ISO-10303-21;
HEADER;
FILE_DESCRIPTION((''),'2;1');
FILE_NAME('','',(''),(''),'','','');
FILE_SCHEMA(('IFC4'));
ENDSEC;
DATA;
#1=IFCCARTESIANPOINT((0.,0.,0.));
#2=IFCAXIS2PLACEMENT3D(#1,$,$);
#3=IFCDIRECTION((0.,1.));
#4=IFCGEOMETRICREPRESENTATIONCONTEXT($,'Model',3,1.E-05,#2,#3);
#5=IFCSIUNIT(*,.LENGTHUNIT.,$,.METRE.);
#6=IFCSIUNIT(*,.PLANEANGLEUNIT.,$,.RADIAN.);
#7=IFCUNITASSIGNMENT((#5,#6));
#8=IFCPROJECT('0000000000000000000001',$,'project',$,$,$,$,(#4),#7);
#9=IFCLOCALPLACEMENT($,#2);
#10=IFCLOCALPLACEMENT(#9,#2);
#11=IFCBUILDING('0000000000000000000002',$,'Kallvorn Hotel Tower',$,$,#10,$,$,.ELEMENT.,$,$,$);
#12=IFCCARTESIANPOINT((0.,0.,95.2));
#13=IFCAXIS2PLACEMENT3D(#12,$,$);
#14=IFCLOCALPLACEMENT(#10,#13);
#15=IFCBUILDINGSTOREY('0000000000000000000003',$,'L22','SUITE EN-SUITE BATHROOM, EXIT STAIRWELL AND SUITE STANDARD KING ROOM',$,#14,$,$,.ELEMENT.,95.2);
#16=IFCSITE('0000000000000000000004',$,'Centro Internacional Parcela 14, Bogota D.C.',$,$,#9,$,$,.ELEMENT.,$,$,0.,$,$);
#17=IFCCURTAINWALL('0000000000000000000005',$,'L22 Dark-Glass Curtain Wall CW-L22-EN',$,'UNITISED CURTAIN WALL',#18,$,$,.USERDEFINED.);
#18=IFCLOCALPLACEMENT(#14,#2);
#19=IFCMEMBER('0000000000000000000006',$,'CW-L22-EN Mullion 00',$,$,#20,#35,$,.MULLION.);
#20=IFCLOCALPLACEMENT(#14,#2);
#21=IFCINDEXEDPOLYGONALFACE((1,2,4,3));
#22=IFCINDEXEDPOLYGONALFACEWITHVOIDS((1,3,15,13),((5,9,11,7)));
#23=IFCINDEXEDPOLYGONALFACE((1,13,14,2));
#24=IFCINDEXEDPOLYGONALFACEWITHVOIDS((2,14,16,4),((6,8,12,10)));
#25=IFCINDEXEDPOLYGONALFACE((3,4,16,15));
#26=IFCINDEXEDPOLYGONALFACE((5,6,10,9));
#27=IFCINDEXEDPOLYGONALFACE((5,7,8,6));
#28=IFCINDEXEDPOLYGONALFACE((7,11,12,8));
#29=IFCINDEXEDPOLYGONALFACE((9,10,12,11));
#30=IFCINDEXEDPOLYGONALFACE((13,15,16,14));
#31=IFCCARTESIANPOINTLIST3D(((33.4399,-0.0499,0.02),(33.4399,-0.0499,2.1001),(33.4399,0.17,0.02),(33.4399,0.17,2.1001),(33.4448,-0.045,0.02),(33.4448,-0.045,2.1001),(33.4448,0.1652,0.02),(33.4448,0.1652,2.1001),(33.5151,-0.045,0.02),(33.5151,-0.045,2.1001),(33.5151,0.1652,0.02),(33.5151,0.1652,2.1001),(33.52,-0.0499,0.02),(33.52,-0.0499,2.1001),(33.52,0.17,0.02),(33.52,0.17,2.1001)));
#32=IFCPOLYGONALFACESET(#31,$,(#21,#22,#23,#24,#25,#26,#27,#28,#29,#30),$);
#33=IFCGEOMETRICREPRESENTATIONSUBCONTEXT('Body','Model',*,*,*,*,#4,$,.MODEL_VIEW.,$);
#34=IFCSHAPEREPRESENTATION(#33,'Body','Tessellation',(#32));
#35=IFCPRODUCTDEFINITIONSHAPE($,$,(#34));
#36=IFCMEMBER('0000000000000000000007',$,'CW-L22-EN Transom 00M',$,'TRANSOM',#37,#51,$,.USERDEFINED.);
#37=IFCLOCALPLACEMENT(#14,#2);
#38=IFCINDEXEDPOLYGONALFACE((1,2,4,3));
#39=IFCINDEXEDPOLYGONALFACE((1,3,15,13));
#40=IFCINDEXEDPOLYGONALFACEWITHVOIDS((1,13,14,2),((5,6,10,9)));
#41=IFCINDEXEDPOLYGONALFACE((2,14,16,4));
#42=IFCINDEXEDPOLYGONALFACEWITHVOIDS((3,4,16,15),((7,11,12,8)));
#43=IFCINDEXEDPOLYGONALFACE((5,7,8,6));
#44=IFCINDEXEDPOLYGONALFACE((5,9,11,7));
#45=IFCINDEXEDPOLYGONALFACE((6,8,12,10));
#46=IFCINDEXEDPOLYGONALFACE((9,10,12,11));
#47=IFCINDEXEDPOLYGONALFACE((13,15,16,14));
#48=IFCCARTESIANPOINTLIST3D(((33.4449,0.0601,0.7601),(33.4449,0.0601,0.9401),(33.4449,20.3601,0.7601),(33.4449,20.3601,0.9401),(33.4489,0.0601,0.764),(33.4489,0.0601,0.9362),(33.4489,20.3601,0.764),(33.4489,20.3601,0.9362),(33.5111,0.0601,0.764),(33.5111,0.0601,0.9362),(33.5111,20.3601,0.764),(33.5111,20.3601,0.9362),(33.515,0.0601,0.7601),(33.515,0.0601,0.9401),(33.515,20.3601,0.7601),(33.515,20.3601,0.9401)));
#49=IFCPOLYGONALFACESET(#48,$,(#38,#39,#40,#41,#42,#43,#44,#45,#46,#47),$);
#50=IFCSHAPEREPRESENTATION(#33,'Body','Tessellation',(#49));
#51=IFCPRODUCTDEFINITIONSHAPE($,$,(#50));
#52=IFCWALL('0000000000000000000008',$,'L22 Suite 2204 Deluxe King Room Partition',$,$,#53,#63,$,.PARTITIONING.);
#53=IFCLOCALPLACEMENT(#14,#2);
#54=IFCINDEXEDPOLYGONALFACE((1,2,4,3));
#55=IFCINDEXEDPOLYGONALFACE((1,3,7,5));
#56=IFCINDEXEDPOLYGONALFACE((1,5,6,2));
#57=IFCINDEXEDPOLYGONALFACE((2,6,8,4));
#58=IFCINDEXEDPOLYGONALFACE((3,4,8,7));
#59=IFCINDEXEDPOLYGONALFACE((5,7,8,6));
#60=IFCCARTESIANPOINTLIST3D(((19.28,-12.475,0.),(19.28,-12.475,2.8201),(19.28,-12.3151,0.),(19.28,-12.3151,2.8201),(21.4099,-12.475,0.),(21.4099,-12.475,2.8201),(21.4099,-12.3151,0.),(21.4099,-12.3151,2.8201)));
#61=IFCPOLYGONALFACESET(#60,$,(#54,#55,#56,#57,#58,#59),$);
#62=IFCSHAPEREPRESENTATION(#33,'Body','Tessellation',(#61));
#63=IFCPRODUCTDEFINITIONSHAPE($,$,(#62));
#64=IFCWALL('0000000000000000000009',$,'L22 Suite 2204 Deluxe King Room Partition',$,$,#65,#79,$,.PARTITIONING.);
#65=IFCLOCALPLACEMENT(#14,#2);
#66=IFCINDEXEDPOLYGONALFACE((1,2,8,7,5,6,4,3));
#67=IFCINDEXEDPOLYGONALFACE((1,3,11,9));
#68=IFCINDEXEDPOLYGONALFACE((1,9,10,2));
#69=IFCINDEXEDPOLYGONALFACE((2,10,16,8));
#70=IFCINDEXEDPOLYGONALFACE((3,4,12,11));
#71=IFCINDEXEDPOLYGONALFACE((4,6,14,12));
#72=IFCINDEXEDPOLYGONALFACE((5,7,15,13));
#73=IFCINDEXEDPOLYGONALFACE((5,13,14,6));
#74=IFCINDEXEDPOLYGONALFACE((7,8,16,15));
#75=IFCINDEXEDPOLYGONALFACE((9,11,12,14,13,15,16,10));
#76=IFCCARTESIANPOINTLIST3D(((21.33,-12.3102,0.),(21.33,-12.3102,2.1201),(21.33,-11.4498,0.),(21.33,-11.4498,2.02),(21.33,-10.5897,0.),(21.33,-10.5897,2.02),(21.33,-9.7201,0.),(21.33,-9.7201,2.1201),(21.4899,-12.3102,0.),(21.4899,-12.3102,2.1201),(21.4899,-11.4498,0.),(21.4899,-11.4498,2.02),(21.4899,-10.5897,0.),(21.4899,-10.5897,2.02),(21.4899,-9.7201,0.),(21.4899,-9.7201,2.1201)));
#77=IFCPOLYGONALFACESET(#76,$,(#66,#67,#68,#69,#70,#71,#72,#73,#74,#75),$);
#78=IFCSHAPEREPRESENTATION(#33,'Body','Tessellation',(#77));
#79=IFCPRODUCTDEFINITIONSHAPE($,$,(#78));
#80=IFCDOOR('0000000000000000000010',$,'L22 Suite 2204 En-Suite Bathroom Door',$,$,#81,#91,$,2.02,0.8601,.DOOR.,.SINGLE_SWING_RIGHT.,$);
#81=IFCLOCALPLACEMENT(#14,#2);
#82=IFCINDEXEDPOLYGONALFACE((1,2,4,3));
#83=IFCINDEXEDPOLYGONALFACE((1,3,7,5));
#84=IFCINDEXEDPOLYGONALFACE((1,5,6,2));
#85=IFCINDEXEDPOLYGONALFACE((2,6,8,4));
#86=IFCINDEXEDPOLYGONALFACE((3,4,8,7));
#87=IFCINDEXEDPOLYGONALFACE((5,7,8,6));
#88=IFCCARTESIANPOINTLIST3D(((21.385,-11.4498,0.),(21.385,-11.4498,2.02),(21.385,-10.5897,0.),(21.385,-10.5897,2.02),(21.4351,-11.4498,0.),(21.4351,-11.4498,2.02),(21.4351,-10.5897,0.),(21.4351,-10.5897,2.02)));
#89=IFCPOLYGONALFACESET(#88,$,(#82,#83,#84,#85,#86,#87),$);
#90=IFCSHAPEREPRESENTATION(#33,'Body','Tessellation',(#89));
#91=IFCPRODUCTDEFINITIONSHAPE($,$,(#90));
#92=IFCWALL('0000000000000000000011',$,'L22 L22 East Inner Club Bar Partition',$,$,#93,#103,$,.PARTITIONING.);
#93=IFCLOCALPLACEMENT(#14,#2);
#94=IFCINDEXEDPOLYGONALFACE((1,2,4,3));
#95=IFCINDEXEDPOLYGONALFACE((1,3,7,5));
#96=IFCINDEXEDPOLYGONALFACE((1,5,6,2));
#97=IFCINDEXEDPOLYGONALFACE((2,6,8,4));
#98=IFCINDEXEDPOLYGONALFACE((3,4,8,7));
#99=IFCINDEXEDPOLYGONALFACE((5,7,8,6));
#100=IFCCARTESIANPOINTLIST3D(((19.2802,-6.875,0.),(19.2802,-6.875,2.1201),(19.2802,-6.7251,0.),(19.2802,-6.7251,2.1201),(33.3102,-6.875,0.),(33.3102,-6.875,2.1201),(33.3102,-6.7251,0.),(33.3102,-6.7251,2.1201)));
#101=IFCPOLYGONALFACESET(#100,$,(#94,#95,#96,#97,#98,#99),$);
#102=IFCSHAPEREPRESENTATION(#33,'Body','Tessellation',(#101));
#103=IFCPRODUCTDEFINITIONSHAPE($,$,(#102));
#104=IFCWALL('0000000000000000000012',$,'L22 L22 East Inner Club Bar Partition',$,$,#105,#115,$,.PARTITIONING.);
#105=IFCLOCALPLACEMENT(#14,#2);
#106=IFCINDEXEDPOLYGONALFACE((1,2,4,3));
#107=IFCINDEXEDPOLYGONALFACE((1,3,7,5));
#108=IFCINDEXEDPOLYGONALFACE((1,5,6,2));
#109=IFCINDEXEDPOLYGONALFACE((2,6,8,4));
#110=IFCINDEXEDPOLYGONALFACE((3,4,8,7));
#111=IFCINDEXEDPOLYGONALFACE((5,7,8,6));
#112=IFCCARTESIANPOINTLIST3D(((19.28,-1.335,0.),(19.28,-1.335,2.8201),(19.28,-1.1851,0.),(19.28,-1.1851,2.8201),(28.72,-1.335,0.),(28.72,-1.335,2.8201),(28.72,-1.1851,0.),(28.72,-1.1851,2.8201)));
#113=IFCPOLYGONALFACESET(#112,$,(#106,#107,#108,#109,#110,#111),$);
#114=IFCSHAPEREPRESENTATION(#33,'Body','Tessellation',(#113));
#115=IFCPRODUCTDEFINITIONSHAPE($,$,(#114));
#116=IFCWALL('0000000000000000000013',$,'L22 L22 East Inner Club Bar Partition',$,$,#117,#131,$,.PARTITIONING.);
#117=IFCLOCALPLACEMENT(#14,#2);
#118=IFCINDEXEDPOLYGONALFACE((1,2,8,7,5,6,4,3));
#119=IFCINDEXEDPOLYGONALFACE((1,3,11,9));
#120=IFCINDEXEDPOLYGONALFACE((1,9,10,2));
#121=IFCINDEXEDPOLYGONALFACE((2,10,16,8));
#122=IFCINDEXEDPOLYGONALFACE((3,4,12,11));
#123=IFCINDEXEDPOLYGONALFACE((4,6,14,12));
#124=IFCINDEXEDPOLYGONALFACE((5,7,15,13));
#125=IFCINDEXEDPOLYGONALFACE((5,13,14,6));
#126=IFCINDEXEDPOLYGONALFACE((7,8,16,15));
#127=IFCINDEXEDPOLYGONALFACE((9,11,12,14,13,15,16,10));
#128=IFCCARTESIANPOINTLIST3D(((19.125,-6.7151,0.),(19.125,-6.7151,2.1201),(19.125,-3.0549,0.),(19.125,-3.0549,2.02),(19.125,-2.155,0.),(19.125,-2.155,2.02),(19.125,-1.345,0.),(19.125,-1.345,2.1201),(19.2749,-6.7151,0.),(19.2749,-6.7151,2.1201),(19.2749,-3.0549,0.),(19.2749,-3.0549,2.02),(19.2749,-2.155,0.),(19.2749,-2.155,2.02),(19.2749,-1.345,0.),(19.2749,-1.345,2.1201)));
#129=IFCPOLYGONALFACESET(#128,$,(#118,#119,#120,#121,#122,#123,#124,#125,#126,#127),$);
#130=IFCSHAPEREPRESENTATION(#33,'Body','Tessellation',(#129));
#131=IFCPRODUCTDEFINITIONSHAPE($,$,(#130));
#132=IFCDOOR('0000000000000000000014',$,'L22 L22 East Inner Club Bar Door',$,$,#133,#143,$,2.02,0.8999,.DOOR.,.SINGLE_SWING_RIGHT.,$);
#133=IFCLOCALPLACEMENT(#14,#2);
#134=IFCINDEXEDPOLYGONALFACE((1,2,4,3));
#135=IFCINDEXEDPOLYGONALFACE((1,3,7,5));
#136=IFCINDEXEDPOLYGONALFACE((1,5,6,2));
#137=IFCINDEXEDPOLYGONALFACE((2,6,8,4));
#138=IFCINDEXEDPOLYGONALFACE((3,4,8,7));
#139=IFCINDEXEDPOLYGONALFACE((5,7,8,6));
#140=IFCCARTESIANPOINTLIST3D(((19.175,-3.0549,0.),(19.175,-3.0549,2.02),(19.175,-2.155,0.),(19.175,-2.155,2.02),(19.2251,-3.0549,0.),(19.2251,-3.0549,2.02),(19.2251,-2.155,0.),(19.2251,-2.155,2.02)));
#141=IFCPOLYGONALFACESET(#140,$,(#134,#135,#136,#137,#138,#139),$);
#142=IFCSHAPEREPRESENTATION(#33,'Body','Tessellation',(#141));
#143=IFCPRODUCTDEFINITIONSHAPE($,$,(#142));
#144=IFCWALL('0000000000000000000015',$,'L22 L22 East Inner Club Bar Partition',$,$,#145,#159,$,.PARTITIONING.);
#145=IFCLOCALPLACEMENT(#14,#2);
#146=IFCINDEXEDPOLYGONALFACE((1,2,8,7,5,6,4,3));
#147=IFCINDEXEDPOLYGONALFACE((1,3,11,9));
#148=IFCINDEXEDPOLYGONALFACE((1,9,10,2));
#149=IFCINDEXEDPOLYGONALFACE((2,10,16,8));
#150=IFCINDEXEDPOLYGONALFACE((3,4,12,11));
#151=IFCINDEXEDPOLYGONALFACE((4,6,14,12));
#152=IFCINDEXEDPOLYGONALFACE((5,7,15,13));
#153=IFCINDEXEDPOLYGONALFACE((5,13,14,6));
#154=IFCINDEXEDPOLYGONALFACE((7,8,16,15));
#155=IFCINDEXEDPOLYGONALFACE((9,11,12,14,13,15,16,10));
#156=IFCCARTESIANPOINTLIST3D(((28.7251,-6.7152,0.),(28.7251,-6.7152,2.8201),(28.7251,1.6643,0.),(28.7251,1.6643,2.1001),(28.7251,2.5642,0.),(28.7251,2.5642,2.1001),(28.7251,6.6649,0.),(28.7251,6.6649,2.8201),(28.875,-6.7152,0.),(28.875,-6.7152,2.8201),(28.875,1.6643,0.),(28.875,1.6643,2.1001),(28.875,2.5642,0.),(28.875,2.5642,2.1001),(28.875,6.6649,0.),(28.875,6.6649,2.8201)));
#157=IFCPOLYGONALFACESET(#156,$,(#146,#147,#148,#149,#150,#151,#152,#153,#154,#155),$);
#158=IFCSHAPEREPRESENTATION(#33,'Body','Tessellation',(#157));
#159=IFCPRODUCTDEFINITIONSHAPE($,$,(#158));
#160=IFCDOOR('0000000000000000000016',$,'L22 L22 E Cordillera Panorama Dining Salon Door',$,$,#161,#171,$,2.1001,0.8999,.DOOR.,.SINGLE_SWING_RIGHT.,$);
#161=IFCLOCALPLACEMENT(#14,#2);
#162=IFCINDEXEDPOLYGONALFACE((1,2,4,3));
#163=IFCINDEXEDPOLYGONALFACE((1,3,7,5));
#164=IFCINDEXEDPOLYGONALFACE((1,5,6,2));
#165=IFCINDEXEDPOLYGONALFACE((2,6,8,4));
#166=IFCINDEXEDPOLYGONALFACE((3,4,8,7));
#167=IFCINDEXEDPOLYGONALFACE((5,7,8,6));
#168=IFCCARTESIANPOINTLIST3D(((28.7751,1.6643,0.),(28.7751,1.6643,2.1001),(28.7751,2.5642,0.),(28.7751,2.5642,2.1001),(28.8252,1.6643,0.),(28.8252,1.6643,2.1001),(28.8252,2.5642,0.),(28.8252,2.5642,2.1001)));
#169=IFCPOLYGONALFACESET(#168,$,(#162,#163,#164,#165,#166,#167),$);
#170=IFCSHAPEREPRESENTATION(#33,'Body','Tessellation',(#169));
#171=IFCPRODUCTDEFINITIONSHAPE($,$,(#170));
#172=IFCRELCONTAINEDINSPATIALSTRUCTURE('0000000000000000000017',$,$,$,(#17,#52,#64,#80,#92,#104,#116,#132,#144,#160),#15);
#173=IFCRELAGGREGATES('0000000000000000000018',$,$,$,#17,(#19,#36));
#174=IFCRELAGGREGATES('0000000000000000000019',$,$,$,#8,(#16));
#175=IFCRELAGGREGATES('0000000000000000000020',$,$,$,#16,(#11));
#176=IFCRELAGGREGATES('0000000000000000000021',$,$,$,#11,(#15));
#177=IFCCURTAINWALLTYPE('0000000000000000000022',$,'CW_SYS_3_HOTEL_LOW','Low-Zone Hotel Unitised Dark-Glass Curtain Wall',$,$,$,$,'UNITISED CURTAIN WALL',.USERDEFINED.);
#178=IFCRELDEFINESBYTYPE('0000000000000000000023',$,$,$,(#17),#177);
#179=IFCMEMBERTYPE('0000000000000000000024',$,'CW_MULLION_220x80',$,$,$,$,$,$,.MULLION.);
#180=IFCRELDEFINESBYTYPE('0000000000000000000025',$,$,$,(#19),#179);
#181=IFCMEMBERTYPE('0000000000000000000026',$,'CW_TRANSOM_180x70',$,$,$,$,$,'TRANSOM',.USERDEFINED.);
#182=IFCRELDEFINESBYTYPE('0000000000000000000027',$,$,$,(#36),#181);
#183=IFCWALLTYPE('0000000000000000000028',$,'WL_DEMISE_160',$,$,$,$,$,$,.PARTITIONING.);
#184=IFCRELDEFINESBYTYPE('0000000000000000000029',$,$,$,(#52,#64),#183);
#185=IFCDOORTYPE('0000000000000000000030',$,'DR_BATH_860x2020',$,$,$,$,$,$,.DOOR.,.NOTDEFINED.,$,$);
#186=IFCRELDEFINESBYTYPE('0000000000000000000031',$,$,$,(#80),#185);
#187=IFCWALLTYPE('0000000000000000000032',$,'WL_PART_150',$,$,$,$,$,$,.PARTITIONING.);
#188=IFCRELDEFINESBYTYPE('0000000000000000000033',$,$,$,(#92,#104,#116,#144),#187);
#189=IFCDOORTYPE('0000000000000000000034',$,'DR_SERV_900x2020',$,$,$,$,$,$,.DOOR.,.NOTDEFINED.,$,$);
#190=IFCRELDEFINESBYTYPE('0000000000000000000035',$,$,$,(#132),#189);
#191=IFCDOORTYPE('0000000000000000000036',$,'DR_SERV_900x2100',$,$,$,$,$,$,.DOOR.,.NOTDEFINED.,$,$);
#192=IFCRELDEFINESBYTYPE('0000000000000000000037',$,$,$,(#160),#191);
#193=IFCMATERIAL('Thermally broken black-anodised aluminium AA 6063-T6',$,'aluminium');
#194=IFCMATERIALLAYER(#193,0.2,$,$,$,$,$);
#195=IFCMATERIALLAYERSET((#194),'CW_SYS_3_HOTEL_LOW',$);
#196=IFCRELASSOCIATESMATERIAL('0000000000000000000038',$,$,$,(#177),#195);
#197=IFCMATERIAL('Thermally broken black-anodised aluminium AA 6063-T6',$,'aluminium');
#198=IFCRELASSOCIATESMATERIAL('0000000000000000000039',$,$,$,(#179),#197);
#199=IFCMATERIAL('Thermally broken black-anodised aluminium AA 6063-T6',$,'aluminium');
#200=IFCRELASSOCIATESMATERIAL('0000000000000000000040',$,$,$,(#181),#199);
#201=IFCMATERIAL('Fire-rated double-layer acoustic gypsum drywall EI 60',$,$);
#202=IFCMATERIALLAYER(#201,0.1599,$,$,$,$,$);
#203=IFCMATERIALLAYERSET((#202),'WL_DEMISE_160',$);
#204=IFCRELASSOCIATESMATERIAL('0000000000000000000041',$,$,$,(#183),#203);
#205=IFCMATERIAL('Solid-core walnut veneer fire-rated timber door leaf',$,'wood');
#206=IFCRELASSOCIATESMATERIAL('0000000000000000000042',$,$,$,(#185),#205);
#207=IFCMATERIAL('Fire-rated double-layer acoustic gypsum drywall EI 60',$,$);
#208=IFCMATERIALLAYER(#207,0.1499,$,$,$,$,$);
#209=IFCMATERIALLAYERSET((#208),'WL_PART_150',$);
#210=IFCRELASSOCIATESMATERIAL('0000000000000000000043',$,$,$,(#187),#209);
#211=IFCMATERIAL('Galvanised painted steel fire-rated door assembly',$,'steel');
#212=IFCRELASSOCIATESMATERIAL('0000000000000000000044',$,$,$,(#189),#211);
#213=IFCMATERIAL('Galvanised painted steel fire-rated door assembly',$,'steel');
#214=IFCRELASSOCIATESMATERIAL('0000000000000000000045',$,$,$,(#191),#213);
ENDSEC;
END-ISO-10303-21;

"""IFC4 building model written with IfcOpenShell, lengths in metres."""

from ifc_helpers import new_model, si_unit, direction, frame, frame_2d, origin, origin_2d, place, context, subcontext, project, spatial, rectangle, hollow_rectangle, extrude, material, layer, layer_set, material_profile, profile_set, type_object, element, fill, aggregate, save


model = new_model("IFC4")

# Units and contexts
model_context = context("Model", 3, precision=1e-05, world=origin(), true_north=direction((0.0, 1.0)))
body_context = subcontext(model_context, "Body", "Model", "MODEL_VIEW")
ifc_project = project(units=[si_unit("LENGTHUNIT", "METRE"), si_unit("PLANEANGLEUNIT", "RADIAN")], contexts=[model_context])

# Site, building, storey
site_placement = place(None, origin())
site = spatial("IfcSite", under=ifc_project, at=site_placement, Name="Centro Internacional Parcela 14, Bogota D.C.", CompositionType="ELEMENT", RefElevation=0.0)
building_placement = place(site_placement, origin())
building = spatial("IfcBuilding", under=site, at=building_placement, Name="Kallvorn Hotel Tower", CompositionType="ELEMENT")
storey_placement = place(building_placement, frame((0.0, 0.0, 95.2)))
storey = spatial("IfcBuildingStorey", under=building, at=storey_placement, Name="L22", Description="SUITE EN-SUITE BATHROOM, EXIT STAIRWELL AND SUITE STANDARD KING ROOM", CompositionType="ELEMENT", Elevation=95.2)

# Curtain wall, members
ifc_material_1 = material(Name="Thermally broken black-anodised aluminium AA 6063-T6", Category="aluminium")
ifc_layer_1 = layer(ifc_material_1, 0.2)
ifc_layer_set_1 = layer_set([ifc_layer_1], Name="CW_SYS_3_HOTEL_LOW")
curtain_wall_type = type_object("IfcCurtainWallType", Name="CW_SYS_3_HOTEL_LOW", Description="Low-Zone Hotel Unitised Dark-Glass Curtain Wall", ElementType="UNITISED CURTAIN WALL", PredefinedType="USERDEFINED", material=ifc_layer_set_1)
curtain_wall_placement = place(storey_placement, origin())
curtain_wall = element("IfcCurtainWall", 1, at=curtain_wall_placement, inside=storey, type_object=curtain_wall_type, Name="L22 Dark-Glass Curtain Wall CW-L22-EN", ObjectType="UNITISED CURTAIN WALL", PredefinedType="USERDEFINED")
ifc_material_2 = material(Name="Thermally broken black-anodised aluminium AA 6063-T6", Category="aluminium")
ifc_material_profile_1 = material_profile(ifc_material_2, hollow_rectangle(XDim=0.0801, YDim=0.22, WallThickness=0.0049, at=origin_2d()), Name="MUL 220x80")
ifc_profile_set_1 = profile_set([ifc_material_profile_1], Name="Thermally broken black-anodised aluminium AA 6063-T6")
member_type_1 = type_object("IfcMemberType", Name="CW_MULLION_220x80", PredefinedType="MULLION", material=ifc_profile_set_1)
member_1_placement = place(storey_placement, frame((33.48, 0.0601, 0.02), z_axis=(0.0, 0.0, 1.0), x_axis=(1.0, 0.0, 0.0)))
member_1 = element("IfcMember", 2, at=member_1_placement, type_object=member_type_1, Name="CW-L22-EN Mullion 00", PredefinedType="MULLION", context=body_context, shape_type="SweptSolid", body=[
    extrude(hollow_rectangle(XDim=0.0801, YDim=0.22, WallThickness=0.0049, at=origin_2d()), origin(), (0.0, 0.0, 1.0), 2.0801),
])
ifc_material_3 = material(Name="Thermally broken black-anodised aluminium AA 6063-T6", Category="aluminium")
ifc_material_profile_2 = material_profile(ifc_material_3, hollow_rectangle(XDim=0.0701, YDim=0.1799, WallThickness=0.0039, at=origin_2d()), Name="TRN 180x70")
ifc_profile_set_2 = profile_set([ifc_material_profile_2], Name="Thermally broken black-anodised aluminium AA 6063-T6")
member_type_2 = type_object("IfcMemberType", Name="CW_TRANSOM_180x70", ElementType="TRANSOM", PredefinedType="USERDEFINED", material=ifc_profile_set_2)
member_2_placement = place(storey_placement, frame((33.48, 0.0601, 0.8501), z_axis=(0.0, 1.0, 0.0), x_axis=(-1.0, 0.0, 0.0)))
member_2 = element("IfcMember", 3, at=member_2_placement, type_object=member_type_2, Name="CW-L22-EN Transom 00M", ObjectType="TRANSOM", PredefinedType="USERDEFINED", context=body_context, shape_type="SweptSolid", body=[
    extrude(hollow_rectangle(XDim=0.0701, YDim=0.1799, WallThickness=0.0039, at=origin_2d()), origin(), (0.0, 0.0, 1.0), 20.3),
])
aggregate(curtain_wall, [member_1, member_2])

# Wall
ifc_material_4 = material(Name="Fire-rated double-layer acoustic gypsum drywall EI 60")
ifc_layer_2 = layer(ifc_material_4, 0.1599)
ifc_layer_set_2 = layer_set([ifc_layer_2], Name="WL_DEMISE_160")
wall_type_1 = type_object("IfcWallType", Name="WL_DEMISE_160", PredefinedType="PARTITIONING", material=ifc_layer_set_2)
wall_1_placement = place(storey_placement, frame((19.28, -12.395, 0.0), z_axis=(0.0, 0.0, 1.0), x_axis=(1.0, 0.0, 0.0)))
element("IfcWall", 4, at=wall_1_placement, inside=storey, type_object=wall_type_1, Name="L22 Suite 2204 Deluxe King Room Partition", PredefinedType="PARTITIONING", context=body_context, shape_type="SweptSolid", body=[
    extrude(rectangle(XDim=2.1299, YDim=0.1599, at=frame_2d((1.0649, 0.0))), origin(), (0.0, 0.0, 1.0), 2.8201),
])

# Wall, opening, door
wall_2_placement = place(storey_placement, frame((21.4099, -12.3101, 0.0), z_axis=(0.0, 0.0, 1.0), x_axis=(0.0, 1.0, 0.0)))
wall_2 = element("IfcWall", 5, at=wall_2_placement, inside=storey, type_object=wall_type_1, Name="L22 Suite 2204 Deluxe King Room Partition", PredefinedType="PARTITIONING", context=body_context, shape_type="SweptSolid", body=[
    extrude(rectangle(XDim=2.5901, YDim=0.1599, at=frame_2d((1.2949, 0.0))), origin(), (0.0, 0.0, 1.0), 2.1201),
])
opening_1_placement = place(wall_2_placement, frame((0.8601, 0.0, 0.0)))
opening_1 = element("IfcOpeningElement", 6, at=opening_1_placement, cuts=wall_2, PredefinedType="OPENING", context=body_context, shape_type="SweptSolid", body=[
    extrude(rectangle(XDim=0.8601, YDim=2.02, at=frame_2d((0.4302, 1.01))), frame((0.0, 0.095, 0.0), z_axis=(0.0, -1.0, 0.0), x_axis=(1.0, 0.0, 0.0)), (0.0, 0.0, 1.0), 0.1899),
])
ifc_material_5 = material(Name="Solid-core walnut veneer fire-rated timber door leaf", Category="wood")
door_type_1 = type_object("IfcDoorType", Name="DR_BATH_860x2020", OperationType="NOTDEFINED", PredefinedType="DOOR", material=ifc_material_5)
door_1_placement = place(opening_1_placement, origin())
door_1 = element("IfcDoor", 7, at=door_1_placement, inside=storey, type_object=door_type_1, Name="L22 Suite 2204 En-Suite Bathroom Door", OperationType="SINGLE_SWING_RIGHT", OverallHeight=2.02, OverallWidth=0.8601, PredefinedType="DOOR", context=body_context, shape_type="SweptSolid", body=[
    extrude(rectangle(XDim=0.8601, YDim=2.02, at=frame_2d((0.4302, 1.01))), frame((0.0, 0.0249, 0.0), z_axis=(0.0, -1.0, 0.0), x_axis=(1.0, 0.0, 0.0)), (0.0, 0.0, 1.0), 0.05),
])
fill(opening_1, door_1)

# Walls
ifc_material_6 = material(Name="Fire-rated double-layer acoustic gypsum drywall EI 60")
ifc_layer_3 = layer(ifc_material_6, 0.1499)
ifc_layer_set_3 = layer_set([ifc_layer_3], Name="WL_PART_150")
wall_type_2 = type_object("IfcWallType", Name="WL_PART_150", PredefinedType="PARTITIONING", material=ifc_layer_set_3)
wall_3_placement = place(storey_placement, frame((19.28, -6.8, 0.0), z_axis=(0.0, 0.0, 1.0), x_axis=(1.0, 0.0, 0.0)))
element("IfcWall", 8, at=wall_3_placement, inside=storey, type_object=wall_type_2, Name="L22 L22 East Inner Club Bar Partition", PredefinedType="PARTITIONING", context=body_context, shape_type="SweptSolid", body=[
    extrude(rectangle(XDim=14.03, YDim=0.1499, at=frame_2d((7.0151, 0.0))), origin(), (0.0, 0.0, 1.0), 2.1201),
])
wall_4_placement = place(storey_placement, frame((19.28, -1.26, 0.0), z_axis=(0.0, 0.0, 1.0), x_axis=(1.0, 0.0, 0.0)))
element("IfcWall", 9, at=wall_4_placement, inside=storey, type_object=wall_type_2, Name="L22 L22 East Inner Club Bar Partition", PredefinedType="PARTITIONING", context=body_context, shape_type="SweptSolid", body=[
    extrude(rectangle(XDim=9.4399, YDim=0.1499, at=frame_2d((4.72, 0.0))), origin(), (0.0, 0.0, 1.0), 2.8201),
])

# Walls, openings, doors
wall_5_placement = place(storey_placement, frame((19.2, -6.7151, 0.0), z_axis=(0.0, 0.0, 1.0), x_axis=(0.0, 1.0, 0.0)))
wall_5 = element("IfcWall", 10, at=wall_5_placement, inside=storey, type_object=wall_type_2, Name="L22 L22 East Inner Club Bar Partition", PredefinedType="PARTITIONING", context=body_context, shape_type="SweptSolid", body=[
    extrude(rectangle(XDim=5.3701, YDim=0.1499, at=frame_2d((2.6851, 0.0))), origin(), (0.0, 0.0, 1.0), 2.1201),
])
opening_2_placement = place(wall_5_placement, frame((3.6602, 0.0, 0.0)))
opening_2 = element("IfcOpeningElement", 11, at=opening_2_placement, cuts=wall_5, PredefinedType="OPENING", context=body_context, shape_type="SweptSolid", body=[
    extrude(rectangle(XDim=0.8999, YDim=2.02, at=frame_2d((0.45, 1.01))), frame((0.0, 0.0898, 0.0), z_axis=(0.0, -1.0, 0.0), x_axis=(1.0, 0.0, 0.0)), (0.0, 0.0, 1.0), 0.1799),
])
ifc_material_7 = material(Name="Galvanised painted steel fire-rated door assembly", Category="steel")
door_type_2 = type_object("IfcDoorType", Name="DR_SERV_900x2020", OperationType="NOTDEFINED", PredefinedType="DOOR", material=ifc_material_7)
door_2_placement = place(opening_2_placement, origin())
door_2 = element("IfcDoor", 12, at=door_2_placement, inside=storey, type_object=door_type_2, Name="L22 L22 East Inner Club Bar Door", OperationType="SINGLE_SWING_RIGHT", OverallHeight=2.02, OverallWidth=0.8999, PredefinedType="DOOR", context=body_context, shape_type="SweptSolid", body=[
    extrude(rectangle(XDim=0.8999, YDim=2.02, at=frame_2d((0.45, 1.01))), frame((0.0, 0.0249, 0.0), z_axis=(0.0, -1.0, 0.0), x_axis=(1.0, 0.0, 0.0)), (0.0, 0.0, 1.0), 0.05),
])
fill(opening_2, door_2)
wall_6_placement = place(storey_placement, frame((28.8, -6.7151, 0.0), z_axis=(0.0, 0.0, 1.0), x_axis=(0.0, 1.0, 0.0)))
wall_6 = element("IfcWall", 13, at=wall_6_placement, inside=storey, type_object=wall_type_2, Name="L22 L22 East Inner Club Bar Partition", PredefinedType="PARTITIONING", context=body_context, shape_type="SweptSolid", body=[
    extrude(rectangle(XDim=13.3801, YDim=0.1499, at=frame_2d((6.6899, 0.0))), origin(), (0.0, 0.0, 1.0), 2.8201),
])
opening_3_placement = place(wall_6_placement, frame((8.3794, 0.0, 0.0)))
opening_3 = element("IfcOpeningElement", 14, at=opening_3_placement, cuts=wall_6, PredefinedType="OPENING", context=body_context, shape_type="SweptSolid", body=[
    extrude(rectangle(XDim=0.8999, YDim=2.1001, at=frame_2d((0.45, 1.05))), frame((0.0, 0.0898, 0.0), z_axis=(0.0, -1.0, 0.0), x_axis=(1.0, 0.0, 0.0)), (0.0, 0.0, 1.0), 0.1799),
])
ifc_material_8 = material(Name="Galvanised painted steel fire-rated door assembly", Category="steel")
door_type_3 = type_object("IfcDoorType", Name="DR_SERV_900x2100", OperationType="NOTDEFINED", PredefinedType="DOOR", material=ifc_material_8)
door_3_placement = place(opening_3_placement, origin())
door_3 = element("IfcDoor", 15, at=door_3_placement, inside=storey, type_object=door_type_3, Name="L22 L22 E Cordillera Panorama Dining Salon Door", OperationType="SINGLE_SWING_RIGHT", OverallHeight=2.1001, OverallWidth=0.8999, PredefinedType="DOOR", context=body_context, shape_type="SweptSolid", body=[
    extrude(rectangle(XDim=0.8999, YDim=2.1001, at=frame_2d((0.45, 1.05))), frame((0.0, 0.0249, 0.0), z_axis=(0.0, -1.0, 0.0), x_axis=(1.0, 0.0, 0.0)), (0.0, 0.0, 1.0), 0.05),
])
fill(opening_3, door_3)

save(model, "model.ifc")
